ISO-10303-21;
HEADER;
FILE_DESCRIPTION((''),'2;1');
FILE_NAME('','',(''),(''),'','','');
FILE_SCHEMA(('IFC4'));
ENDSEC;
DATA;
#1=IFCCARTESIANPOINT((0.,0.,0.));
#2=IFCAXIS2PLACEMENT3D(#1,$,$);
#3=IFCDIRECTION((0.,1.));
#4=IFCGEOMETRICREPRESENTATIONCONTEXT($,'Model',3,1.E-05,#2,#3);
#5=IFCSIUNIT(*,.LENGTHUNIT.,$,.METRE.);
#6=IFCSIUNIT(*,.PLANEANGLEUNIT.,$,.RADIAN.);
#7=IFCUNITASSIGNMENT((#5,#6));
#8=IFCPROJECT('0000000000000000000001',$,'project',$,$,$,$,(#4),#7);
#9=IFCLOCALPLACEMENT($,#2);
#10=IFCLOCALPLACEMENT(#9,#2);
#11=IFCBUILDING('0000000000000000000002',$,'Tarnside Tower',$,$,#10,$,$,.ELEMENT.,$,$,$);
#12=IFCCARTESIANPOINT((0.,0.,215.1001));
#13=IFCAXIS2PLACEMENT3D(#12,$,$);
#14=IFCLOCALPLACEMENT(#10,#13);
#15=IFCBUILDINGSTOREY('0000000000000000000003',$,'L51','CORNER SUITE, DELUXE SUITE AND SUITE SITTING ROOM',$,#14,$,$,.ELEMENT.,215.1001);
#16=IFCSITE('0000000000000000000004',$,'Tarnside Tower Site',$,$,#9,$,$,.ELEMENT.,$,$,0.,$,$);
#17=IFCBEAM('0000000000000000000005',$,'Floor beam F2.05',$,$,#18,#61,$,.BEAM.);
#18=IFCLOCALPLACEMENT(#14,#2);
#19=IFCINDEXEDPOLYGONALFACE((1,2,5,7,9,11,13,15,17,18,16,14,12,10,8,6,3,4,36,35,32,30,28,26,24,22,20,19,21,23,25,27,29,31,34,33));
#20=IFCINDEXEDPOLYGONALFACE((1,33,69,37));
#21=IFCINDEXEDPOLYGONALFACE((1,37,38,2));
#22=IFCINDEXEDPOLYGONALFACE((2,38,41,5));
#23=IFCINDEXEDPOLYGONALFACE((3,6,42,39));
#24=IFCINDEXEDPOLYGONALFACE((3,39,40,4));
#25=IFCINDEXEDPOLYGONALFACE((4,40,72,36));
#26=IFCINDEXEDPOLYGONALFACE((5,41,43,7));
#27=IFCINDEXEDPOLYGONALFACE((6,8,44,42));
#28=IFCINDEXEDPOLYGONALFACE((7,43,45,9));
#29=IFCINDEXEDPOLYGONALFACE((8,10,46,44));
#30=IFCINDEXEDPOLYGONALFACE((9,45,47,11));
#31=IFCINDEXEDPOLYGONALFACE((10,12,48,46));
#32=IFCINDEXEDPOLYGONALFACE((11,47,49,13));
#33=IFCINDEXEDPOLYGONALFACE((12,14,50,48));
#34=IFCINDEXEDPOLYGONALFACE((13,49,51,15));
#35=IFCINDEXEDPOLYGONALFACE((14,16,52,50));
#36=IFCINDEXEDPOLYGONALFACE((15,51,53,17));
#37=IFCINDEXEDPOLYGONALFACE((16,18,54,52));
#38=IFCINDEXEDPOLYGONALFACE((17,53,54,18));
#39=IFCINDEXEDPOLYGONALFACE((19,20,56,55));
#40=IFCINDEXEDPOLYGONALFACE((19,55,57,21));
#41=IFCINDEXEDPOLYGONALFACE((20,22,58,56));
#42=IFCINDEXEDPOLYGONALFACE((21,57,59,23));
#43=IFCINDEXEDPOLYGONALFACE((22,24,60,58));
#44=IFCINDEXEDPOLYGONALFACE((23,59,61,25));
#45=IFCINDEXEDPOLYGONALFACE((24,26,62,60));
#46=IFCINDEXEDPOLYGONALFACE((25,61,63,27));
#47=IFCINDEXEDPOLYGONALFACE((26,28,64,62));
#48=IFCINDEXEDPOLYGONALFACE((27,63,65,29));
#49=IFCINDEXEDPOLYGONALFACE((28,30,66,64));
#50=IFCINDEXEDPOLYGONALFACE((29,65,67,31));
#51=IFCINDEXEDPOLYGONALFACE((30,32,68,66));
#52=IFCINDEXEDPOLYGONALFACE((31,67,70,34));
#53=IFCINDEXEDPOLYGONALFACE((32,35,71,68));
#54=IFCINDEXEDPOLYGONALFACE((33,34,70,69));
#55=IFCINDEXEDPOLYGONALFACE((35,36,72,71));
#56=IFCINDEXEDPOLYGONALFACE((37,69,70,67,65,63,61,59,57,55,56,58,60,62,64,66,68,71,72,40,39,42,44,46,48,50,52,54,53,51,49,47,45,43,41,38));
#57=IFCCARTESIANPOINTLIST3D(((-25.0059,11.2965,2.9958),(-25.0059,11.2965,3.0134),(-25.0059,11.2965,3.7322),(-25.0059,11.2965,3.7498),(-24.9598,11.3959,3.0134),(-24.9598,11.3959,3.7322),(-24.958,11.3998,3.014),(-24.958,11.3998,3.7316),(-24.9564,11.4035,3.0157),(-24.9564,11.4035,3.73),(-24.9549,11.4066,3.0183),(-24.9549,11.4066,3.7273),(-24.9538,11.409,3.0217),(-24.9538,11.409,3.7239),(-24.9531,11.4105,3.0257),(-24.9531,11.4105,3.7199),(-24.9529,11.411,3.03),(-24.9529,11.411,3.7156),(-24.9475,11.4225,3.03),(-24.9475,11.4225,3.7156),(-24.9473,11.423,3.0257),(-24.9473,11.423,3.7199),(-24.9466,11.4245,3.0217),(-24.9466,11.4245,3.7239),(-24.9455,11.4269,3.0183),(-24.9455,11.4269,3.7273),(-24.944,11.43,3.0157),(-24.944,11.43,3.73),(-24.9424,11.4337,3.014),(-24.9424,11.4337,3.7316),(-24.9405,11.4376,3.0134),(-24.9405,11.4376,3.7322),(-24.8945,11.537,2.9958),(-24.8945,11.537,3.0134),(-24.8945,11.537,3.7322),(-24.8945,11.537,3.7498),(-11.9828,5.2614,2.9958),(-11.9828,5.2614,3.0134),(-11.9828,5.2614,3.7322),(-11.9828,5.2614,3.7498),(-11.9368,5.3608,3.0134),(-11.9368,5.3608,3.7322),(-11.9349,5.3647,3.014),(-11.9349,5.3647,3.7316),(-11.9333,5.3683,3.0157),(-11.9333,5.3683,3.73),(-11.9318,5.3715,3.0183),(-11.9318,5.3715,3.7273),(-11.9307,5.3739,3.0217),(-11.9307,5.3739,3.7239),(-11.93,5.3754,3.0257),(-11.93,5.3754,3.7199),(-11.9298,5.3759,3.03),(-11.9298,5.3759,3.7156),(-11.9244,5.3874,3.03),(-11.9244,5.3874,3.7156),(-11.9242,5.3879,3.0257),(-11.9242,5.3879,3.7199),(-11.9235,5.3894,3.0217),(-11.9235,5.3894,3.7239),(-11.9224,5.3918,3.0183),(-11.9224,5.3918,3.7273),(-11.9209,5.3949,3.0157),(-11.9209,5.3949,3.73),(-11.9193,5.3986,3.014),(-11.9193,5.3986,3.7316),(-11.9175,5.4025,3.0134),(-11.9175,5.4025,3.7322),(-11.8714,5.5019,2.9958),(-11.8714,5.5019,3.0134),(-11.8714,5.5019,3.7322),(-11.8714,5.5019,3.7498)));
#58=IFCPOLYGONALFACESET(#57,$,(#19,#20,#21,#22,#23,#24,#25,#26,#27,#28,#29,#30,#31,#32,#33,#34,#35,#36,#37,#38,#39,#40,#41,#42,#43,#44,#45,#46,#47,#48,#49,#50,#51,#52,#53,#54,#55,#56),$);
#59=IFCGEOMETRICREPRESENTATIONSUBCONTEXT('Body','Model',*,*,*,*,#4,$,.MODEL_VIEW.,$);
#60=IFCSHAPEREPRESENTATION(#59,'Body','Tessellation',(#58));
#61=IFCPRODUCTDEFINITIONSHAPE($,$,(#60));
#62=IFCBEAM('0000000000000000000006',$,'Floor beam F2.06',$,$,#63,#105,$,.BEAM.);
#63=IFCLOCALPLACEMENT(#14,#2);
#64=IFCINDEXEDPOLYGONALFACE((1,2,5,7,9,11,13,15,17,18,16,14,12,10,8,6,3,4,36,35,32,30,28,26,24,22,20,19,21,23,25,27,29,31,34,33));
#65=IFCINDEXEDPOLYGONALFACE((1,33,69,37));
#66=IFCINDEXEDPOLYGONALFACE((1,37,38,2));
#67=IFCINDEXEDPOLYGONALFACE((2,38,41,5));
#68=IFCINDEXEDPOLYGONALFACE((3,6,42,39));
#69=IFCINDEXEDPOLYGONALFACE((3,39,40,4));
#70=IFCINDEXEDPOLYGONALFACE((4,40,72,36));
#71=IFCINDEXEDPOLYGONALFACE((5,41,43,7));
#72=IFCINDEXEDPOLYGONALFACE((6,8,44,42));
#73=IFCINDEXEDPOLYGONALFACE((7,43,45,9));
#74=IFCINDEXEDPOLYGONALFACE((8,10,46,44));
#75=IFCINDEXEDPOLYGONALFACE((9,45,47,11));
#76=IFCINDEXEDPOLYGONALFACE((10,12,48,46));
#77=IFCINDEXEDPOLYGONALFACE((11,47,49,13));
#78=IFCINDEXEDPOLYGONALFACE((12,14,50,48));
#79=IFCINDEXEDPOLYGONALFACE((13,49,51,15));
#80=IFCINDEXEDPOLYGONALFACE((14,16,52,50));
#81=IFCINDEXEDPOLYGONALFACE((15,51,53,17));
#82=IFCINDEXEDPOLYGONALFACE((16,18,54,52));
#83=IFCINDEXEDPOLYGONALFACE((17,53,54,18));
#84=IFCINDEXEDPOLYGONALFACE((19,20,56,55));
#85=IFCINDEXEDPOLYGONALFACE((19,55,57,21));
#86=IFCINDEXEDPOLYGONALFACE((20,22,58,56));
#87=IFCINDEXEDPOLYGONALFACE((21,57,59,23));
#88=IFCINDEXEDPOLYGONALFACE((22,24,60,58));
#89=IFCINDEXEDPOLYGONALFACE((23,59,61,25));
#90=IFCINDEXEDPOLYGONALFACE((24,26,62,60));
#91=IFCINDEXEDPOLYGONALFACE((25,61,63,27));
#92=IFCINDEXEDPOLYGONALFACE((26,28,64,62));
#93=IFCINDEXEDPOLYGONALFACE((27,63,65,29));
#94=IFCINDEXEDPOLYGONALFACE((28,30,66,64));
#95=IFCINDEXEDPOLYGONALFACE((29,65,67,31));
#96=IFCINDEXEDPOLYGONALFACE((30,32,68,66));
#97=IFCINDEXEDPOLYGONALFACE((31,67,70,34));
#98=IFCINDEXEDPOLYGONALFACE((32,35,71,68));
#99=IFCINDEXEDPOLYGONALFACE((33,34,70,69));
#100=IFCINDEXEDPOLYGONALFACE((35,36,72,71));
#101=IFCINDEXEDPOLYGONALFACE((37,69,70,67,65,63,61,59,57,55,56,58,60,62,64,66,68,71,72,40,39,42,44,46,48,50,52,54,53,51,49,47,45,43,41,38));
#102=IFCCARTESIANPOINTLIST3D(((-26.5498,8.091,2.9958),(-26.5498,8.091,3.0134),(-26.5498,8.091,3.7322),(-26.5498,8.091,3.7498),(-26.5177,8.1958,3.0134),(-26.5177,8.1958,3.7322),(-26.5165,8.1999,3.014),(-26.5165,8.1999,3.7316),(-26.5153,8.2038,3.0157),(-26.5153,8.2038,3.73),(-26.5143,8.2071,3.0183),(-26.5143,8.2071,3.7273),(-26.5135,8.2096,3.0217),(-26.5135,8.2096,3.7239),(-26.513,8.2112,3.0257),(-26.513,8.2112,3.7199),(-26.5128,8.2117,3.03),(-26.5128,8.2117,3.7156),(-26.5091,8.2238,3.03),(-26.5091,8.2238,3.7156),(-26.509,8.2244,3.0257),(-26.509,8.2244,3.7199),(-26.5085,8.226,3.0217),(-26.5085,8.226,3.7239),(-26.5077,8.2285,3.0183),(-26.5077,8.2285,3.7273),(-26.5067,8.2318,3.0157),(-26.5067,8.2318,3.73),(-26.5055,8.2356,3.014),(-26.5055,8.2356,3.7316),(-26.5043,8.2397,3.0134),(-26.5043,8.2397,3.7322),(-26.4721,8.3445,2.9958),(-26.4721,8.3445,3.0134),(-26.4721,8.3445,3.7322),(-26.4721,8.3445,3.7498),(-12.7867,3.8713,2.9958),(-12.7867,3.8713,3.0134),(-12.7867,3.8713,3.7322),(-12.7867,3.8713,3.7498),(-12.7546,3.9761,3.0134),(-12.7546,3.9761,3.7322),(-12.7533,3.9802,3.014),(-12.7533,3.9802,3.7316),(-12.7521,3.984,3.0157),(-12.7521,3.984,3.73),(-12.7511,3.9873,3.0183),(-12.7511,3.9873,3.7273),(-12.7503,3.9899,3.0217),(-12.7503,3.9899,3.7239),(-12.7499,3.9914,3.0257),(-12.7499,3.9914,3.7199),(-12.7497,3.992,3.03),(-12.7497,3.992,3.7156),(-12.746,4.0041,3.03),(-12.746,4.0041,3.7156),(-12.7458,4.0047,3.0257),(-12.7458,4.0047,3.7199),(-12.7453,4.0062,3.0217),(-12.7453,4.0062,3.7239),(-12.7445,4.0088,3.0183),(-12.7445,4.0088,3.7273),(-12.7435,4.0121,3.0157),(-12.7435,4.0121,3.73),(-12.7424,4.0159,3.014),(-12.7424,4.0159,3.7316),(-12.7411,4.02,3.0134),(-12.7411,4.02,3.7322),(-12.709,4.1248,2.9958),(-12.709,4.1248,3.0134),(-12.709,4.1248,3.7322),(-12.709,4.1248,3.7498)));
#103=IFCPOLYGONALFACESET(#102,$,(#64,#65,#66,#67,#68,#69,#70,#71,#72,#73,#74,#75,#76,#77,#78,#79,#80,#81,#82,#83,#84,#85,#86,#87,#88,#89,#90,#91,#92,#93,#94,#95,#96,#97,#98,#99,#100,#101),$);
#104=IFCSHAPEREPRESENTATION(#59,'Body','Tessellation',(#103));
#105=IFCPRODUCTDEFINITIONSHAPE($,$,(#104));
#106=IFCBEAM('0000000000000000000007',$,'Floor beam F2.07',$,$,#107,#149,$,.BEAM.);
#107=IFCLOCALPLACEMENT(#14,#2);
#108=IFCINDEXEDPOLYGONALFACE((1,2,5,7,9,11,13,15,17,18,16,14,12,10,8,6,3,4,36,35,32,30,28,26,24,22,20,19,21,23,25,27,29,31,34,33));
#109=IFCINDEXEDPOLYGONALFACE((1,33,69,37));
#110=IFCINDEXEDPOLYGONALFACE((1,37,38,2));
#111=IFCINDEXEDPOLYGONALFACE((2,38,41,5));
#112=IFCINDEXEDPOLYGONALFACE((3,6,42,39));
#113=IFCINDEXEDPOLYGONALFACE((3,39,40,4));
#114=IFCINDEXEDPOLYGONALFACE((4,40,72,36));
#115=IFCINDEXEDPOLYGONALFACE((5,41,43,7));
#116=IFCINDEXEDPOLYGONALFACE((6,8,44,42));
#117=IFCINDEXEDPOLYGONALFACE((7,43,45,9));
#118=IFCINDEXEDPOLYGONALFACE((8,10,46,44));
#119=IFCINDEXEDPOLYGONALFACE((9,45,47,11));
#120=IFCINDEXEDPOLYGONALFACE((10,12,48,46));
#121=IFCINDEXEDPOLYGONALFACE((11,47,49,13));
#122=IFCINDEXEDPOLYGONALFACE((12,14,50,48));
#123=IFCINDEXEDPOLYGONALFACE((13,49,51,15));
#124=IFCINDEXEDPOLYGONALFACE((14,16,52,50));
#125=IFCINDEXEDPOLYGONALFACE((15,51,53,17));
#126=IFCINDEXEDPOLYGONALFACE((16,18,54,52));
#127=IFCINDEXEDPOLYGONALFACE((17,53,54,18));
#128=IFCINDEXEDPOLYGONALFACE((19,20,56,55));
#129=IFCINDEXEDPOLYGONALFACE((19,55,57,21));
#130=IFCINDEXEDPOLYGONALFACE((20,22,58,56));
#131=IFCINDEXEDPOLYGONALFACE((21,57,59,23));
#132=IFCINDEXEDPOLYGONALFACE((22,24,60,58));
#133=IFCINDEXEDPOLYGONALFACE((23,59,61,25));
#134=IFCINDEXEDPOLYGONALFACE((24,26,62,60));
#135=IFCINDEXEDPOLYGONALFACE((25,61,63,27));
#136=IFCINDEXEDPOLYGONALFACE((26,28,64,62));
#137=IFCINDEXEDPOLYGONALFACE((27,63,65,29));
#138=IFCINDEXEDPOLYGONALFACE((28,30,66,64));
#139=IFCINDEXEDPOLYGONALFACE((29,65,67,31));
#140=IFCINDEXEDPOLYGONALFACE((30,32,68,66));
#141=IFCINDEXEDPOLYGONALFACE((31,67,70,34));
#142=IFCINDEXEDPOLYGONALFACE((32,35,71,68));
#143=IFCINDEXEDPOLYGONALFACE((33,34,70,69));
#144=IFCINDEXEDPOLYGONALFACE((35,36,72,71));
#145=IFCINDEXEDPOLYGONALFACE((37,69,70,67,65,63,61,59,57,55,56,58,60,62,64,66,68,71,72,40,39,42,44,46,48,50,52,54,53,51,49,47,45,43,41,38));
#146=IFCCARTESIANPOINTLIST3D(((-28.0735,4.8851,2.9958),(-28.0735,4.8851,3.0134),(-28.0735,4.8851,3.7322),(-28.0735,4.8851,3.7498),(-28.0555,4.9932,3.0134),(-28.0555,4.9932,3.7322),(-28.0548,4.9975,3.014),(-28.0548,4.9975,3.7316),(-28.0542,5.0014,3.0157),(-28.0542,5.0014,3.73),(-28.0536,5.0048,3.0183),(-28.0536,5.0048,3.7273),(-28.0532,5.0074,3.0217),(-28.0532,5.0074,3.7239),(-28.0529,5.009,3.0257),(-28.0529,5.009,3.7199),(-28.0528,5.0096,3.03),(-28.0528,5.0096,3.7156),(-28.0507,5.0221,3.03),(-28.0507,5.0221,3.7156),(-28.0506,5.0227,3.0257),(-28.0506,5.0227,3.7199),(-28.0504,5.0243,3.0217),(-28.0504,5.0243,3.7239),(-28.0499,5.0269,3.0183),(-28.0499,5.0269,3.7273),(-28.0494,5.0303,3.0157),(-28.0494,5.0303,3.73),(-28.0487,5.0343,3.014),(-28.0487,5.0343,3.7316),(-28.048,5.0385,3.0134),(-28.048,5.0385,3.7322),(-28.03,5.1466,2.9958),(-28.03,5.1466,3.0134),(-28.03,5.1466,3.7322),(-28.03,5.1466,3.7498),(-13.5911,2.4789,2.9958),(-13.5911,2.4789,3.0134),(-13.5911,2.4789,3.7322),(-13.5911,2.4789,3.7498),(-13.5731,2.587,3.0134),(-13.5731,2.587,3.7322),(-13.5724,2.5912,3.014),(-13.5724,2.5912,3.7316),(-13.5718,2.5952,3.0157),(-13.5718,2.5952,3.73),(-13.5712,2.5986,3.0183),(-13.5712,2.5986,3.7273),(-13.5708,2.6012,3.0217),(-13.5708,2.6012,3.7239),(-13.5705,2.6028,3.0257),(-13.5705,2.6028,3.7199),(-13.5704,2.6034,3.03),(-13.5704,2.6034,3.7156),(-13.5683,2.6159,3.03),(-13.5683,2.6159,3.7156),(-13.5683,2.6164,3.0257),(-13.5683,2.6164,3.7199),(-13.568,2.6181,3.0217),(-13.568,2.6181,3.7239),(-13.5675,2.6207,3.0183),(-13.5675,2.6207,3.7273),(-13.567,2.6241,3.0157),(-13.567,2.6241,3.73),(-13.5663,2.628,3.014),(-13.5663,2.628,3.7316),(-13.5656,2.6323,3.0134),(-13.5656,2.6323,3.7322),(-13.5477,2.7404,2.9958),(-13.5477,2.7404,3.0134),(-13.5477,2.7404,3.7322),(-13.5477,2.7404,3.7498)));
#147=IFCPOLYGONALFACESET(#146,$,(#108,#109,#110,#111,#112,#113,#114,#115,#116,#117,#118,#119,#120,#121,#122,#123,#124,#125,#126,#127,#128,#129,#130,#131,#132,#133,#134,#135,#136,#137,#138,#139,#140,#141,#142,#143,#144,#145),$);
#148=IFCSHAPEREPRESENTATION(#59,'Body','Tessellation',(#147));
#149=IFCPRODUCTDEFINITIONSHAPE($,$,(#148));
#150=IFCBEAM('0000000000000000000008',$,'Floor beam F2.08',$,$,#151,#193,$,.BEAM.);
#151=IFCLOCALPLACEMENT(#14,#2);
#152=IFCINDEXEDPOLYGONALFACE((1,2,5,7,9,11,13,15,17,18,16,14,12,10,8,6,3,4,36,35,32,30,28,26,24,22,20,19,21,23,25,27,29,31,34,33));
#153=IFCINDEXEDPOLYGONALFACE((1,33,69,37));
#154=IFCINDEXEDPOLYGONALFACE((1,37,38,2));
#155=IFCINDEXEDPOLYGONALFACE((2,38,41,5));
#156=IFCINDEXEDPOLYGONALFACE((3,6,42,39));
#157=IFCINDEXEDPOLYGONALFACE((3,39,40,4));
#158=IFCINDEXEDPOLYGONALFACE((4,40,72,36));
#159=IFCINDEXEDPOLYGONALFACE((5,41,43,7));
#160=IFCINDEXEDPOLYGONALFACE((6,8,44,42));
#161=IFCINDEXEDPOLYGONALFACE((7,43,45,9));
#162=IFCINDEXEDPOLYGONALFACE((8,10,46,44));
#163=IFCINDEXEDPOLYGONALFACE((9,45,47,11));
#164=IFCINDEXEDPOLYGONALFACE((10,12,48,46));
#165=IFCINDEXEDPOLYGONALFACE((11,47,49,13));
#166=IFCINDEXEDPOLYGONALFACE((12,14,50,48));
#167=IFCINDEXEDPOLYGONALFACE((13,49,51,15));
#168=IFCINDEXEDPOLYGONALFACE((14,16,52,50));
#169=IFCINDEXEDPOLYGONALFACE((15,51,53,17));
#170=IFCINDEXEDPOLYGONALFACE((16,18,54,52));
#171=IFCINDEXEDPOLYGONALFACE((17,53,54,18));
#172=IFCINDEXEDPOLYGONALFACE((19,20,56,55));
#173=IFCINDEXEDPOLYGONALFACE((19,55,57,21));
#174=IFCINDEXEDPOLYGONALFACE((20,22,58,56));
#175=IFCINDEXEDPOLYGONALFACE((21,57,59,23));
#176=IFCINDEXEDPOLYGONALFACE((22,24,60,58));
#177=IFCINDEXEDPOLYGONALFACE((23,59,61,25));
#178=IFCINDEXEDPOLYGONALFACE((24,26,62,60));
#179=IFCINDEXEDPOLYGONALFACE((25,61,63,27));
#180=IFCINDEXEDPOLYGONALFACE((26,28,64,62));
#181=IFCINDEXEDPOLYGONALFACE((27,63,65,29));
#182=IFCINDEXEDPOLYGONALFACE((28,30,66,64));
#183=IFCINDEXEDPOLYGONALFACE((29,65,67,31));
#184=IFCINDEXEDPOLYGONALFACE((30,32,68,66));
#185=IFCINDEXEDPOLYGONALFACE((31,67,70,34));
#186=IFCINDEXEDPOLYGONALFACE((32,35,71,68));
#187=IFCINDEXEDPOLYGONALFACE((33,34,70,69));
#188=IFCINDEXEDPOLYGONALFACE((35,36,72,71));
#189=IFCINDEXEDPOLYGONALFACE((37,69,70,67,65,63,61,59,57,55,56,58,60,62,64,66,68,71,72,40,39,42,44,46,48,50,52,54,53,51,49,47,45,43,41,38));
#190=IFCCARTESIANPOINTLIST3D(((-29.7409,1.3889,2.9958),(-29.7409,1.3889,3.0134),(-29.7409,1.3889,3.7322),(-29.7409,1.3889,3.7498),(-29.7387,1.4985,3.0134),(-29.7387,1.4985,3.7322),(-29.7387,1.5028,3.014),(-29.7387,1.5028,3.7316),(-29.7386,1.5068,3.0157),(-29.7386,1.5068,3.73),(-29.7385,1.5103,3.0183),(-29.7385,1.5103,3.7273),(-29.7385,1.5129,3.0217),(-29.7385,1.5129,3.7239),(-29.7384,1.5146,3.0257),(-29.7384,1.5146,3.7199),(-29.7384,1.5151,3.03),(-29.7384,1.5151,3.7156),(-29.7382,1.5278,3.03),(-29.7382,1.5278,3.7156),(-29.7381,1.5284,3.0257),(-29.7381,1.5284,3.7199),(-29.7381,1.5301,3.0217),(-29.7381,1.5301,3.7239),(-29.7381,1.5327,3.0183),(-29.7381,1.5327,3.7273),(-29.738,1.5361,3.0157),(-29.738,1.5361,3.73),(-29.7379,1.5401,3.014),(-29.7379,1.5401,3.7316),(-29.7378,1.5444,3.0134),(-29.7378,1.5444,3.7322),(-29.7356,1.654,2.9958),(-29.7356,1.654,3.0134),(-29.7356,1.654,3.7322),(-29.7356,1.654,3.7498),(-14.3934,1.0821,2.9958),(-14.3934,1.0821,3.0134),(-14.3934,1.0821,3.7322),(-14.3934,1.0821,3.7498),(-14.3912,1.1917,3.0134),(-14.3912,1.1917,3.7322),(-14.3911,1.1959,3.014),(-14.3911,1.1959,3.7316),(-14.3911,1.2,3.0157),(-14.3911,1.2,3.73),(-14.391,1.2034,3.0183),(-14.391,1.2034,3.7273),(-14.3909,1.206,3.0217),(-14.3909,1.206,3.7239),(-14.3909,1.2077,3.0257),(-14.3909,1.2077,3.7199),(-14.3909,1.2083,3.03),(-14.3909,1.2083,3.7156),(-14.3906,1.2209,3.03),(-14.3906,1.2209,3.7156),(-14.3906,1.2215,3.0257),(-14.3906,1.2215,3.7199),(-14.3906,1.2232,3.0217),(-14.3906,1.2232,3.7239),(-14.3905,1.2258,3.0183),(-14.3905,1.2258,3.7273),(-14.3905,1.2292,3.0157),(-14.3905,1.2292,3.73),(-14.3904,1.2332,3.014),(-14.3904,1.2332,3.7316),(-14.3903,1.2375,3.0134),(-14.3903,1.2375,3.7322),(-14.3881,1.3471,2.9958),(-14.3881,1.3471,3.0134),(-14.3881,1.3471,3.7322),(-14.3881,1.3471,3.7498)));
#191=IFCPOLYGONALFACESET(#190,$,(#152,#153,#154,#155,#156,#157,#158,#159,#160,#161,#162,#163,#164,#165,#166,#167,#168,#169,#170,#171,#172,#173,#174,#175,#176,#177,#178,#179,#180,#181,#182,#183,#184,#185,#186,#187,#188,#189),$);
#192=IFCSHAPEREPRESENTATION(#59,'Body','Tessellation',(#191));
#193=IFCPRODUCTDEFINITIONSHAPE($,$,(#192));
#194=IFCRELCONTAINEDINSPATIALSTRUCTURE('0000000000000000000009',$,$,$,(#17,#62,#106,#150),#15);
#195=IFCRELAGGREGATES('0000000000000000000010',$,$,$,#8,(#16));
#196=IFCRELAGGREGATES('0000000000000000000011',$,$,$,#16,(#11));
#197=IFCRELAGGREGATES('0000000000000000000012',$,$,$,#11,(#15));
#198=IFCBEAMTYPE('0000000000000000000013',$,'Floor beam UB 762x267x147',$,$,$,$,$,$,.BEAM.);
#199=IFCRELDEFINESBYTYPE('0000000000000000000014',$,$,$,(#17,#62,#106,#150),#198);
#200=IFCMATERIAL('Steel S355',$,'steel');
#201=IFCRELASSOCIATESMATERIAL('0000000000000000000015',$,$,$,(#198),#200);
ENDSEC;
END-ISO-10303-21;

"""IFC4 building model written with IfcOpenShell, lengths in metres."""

from ifc_helpers import new_model, si_unit, direction, frame, origin, origin_2d, place, context, subcontext, project, spatial, i_section, extrude, material, material_profile, profile_set, type_object, element, save


model = new_model("IFC4")

# Units and contexts
model_context = context("Model", 3, precision=1e-05, world=origin(), true_north=direction((0.0, 1.0)))
body_context = subcontext(model_context, "Body", "Model", "MODEL_VIEW")
ifc_project = project(units=[si_unit("LENGTHUNIT", "METRE"), si_unit("PLANEANGLEUNIT", "RADIAN")], contexts=[model_context])

# Site, building, storey
site_placement = place(None, origin())
site = spatial("IfcSite", under=ifc_project, at=site_placement, Name="Tarnside Tower Site", CompositionType="ELEMENT", RefElevation=0.0)
building_placement = place(site_placement, origin())
building = spatial("IfcBuilding", under=site, at=building_placement, Name="Tarnside Tower", CompositionType="ELEMENT")
storey_placement = place(building_placement, frame((0.0, 0.0, 215.1001)))
storey = spatial("IfcBuildingStorey", under=building, at=storey_placement, Name="L51", Description="CORNER SUITE, DELUXE SUITE AND SUITE SITTING ROOM", CompositionType="ELEMENT", Elevation=215.1001)

# Beams
ifc_material_1 = material(Name="Steel S355", Category="steel")
ifc_material_profile = material_profile(ifc_material_1, i_section(OverallWidth=0.2651, OverallDepth=0.7539, WebThickness=0.0127, FlangeThickness=0.0176, FilletRadius=0.0166, at=origin_2d()), Name="UB 762x267x147")
ifc_profile_set = profile_set([ifc_material_profile], Name="Steel S355")
beam_type = type_object("IfcBeamType", Name="Floor beam UB 762x267x147", PredefinedType="BEAM", material=ifc_profile_set)
beam_1_placement = place(storey_placement, frame((-24.9502, 11.4167, 3.3728), z_axis=(0.90731, -0.420462, 0.0), x_axis=(0.420462, 0.90731, 0.0)))
element("IfcBeam", 1, at=beam_1_placement, inside=storey, type_object=beam_type, Name="Floor beam F2.05", PredefinedType="BEAM", context=body_context, shape_type="SweptSolid", body=[
    extrude(i_section(OverallWidth=0.2651, OverallDepth=0.7539, WebThickness=0.0127, FlangeThickness=0.0176, FilletRadius=0.0166, at=origin_2d()), origin(), (0.0, 0.0, 1.0), 14.3535),
])
beam_2_placement = place(storey_placement, frame((-26.511, 8.2178, 3.3728), z_axis=(0.956073, -0.293128, 0.0), x_axis=(0.293128, 0.956073, 0.0)))
element("IfcBeam", 2, at=beam_2_placement, inside=storey, type_object=beam_type, Name="Floor beam F2.06", PredefinedType="BEAM", context=body_context, shape_type="SweptSolid", body=[
    extrude(i_section(OverallWidth=0.2651, OverallDepth=0.7539, WebThickness=0.0127, FlangeThickness=0.0176, FilletRadius=0.0166, at=origin_2d()), origin(), (0.0, 0.0, 1.0), 14.3955),
])
beam_3_placement = place(storey_placement, frame((-28.0518, 5.0159, 3.3728), z_axis=(0.986476, -0.163903, 0.0), x_axis=(0.163903, 0.986476, 0.0)))
element("IfcBeam", 3, at=beam_3_placement, inside=storey, type_object=beam_type, Name="Floor beam F2.07", PredefinedType="BEAM", context=body_context, shape_type="SweptSolid", body=[
    extrude(i_section(OverallWidth=0.2651, OverallDepth=0.7539, WebThickness=0.0127, FlangeThickness=0.0176, FilletRadius=0.0166, at=origin_2d()), origin(), (0.0, 0.0, 1.0), 14.6809),
])
beam_4_placement = place(storey_placement, frame((-29.7383, 1.5215, 3.3728), z_axis=(0.9998, -0.019992, 0.0), x_axis=(0.019992, 0.9998, 0.0)))
element("IfcBeam", 4, at=beam_4_placement, inside=storey, type_object=beam_type, Name="Floor beam F2.08", PredefinedType="BEAM", context=body_context, shape_type="SweptSolid", body=[
    extrude(i_section(OverallWidth=0.2651, OverallDepth=0.7539, WebThickness=0.0127, FlangeThickness=0.0176, FilletRadius=0.0166, at=origin_2d()), origin(), (0.0, 0.0, 1.0), 15.3506),
])

save(model, "model.ifc")
